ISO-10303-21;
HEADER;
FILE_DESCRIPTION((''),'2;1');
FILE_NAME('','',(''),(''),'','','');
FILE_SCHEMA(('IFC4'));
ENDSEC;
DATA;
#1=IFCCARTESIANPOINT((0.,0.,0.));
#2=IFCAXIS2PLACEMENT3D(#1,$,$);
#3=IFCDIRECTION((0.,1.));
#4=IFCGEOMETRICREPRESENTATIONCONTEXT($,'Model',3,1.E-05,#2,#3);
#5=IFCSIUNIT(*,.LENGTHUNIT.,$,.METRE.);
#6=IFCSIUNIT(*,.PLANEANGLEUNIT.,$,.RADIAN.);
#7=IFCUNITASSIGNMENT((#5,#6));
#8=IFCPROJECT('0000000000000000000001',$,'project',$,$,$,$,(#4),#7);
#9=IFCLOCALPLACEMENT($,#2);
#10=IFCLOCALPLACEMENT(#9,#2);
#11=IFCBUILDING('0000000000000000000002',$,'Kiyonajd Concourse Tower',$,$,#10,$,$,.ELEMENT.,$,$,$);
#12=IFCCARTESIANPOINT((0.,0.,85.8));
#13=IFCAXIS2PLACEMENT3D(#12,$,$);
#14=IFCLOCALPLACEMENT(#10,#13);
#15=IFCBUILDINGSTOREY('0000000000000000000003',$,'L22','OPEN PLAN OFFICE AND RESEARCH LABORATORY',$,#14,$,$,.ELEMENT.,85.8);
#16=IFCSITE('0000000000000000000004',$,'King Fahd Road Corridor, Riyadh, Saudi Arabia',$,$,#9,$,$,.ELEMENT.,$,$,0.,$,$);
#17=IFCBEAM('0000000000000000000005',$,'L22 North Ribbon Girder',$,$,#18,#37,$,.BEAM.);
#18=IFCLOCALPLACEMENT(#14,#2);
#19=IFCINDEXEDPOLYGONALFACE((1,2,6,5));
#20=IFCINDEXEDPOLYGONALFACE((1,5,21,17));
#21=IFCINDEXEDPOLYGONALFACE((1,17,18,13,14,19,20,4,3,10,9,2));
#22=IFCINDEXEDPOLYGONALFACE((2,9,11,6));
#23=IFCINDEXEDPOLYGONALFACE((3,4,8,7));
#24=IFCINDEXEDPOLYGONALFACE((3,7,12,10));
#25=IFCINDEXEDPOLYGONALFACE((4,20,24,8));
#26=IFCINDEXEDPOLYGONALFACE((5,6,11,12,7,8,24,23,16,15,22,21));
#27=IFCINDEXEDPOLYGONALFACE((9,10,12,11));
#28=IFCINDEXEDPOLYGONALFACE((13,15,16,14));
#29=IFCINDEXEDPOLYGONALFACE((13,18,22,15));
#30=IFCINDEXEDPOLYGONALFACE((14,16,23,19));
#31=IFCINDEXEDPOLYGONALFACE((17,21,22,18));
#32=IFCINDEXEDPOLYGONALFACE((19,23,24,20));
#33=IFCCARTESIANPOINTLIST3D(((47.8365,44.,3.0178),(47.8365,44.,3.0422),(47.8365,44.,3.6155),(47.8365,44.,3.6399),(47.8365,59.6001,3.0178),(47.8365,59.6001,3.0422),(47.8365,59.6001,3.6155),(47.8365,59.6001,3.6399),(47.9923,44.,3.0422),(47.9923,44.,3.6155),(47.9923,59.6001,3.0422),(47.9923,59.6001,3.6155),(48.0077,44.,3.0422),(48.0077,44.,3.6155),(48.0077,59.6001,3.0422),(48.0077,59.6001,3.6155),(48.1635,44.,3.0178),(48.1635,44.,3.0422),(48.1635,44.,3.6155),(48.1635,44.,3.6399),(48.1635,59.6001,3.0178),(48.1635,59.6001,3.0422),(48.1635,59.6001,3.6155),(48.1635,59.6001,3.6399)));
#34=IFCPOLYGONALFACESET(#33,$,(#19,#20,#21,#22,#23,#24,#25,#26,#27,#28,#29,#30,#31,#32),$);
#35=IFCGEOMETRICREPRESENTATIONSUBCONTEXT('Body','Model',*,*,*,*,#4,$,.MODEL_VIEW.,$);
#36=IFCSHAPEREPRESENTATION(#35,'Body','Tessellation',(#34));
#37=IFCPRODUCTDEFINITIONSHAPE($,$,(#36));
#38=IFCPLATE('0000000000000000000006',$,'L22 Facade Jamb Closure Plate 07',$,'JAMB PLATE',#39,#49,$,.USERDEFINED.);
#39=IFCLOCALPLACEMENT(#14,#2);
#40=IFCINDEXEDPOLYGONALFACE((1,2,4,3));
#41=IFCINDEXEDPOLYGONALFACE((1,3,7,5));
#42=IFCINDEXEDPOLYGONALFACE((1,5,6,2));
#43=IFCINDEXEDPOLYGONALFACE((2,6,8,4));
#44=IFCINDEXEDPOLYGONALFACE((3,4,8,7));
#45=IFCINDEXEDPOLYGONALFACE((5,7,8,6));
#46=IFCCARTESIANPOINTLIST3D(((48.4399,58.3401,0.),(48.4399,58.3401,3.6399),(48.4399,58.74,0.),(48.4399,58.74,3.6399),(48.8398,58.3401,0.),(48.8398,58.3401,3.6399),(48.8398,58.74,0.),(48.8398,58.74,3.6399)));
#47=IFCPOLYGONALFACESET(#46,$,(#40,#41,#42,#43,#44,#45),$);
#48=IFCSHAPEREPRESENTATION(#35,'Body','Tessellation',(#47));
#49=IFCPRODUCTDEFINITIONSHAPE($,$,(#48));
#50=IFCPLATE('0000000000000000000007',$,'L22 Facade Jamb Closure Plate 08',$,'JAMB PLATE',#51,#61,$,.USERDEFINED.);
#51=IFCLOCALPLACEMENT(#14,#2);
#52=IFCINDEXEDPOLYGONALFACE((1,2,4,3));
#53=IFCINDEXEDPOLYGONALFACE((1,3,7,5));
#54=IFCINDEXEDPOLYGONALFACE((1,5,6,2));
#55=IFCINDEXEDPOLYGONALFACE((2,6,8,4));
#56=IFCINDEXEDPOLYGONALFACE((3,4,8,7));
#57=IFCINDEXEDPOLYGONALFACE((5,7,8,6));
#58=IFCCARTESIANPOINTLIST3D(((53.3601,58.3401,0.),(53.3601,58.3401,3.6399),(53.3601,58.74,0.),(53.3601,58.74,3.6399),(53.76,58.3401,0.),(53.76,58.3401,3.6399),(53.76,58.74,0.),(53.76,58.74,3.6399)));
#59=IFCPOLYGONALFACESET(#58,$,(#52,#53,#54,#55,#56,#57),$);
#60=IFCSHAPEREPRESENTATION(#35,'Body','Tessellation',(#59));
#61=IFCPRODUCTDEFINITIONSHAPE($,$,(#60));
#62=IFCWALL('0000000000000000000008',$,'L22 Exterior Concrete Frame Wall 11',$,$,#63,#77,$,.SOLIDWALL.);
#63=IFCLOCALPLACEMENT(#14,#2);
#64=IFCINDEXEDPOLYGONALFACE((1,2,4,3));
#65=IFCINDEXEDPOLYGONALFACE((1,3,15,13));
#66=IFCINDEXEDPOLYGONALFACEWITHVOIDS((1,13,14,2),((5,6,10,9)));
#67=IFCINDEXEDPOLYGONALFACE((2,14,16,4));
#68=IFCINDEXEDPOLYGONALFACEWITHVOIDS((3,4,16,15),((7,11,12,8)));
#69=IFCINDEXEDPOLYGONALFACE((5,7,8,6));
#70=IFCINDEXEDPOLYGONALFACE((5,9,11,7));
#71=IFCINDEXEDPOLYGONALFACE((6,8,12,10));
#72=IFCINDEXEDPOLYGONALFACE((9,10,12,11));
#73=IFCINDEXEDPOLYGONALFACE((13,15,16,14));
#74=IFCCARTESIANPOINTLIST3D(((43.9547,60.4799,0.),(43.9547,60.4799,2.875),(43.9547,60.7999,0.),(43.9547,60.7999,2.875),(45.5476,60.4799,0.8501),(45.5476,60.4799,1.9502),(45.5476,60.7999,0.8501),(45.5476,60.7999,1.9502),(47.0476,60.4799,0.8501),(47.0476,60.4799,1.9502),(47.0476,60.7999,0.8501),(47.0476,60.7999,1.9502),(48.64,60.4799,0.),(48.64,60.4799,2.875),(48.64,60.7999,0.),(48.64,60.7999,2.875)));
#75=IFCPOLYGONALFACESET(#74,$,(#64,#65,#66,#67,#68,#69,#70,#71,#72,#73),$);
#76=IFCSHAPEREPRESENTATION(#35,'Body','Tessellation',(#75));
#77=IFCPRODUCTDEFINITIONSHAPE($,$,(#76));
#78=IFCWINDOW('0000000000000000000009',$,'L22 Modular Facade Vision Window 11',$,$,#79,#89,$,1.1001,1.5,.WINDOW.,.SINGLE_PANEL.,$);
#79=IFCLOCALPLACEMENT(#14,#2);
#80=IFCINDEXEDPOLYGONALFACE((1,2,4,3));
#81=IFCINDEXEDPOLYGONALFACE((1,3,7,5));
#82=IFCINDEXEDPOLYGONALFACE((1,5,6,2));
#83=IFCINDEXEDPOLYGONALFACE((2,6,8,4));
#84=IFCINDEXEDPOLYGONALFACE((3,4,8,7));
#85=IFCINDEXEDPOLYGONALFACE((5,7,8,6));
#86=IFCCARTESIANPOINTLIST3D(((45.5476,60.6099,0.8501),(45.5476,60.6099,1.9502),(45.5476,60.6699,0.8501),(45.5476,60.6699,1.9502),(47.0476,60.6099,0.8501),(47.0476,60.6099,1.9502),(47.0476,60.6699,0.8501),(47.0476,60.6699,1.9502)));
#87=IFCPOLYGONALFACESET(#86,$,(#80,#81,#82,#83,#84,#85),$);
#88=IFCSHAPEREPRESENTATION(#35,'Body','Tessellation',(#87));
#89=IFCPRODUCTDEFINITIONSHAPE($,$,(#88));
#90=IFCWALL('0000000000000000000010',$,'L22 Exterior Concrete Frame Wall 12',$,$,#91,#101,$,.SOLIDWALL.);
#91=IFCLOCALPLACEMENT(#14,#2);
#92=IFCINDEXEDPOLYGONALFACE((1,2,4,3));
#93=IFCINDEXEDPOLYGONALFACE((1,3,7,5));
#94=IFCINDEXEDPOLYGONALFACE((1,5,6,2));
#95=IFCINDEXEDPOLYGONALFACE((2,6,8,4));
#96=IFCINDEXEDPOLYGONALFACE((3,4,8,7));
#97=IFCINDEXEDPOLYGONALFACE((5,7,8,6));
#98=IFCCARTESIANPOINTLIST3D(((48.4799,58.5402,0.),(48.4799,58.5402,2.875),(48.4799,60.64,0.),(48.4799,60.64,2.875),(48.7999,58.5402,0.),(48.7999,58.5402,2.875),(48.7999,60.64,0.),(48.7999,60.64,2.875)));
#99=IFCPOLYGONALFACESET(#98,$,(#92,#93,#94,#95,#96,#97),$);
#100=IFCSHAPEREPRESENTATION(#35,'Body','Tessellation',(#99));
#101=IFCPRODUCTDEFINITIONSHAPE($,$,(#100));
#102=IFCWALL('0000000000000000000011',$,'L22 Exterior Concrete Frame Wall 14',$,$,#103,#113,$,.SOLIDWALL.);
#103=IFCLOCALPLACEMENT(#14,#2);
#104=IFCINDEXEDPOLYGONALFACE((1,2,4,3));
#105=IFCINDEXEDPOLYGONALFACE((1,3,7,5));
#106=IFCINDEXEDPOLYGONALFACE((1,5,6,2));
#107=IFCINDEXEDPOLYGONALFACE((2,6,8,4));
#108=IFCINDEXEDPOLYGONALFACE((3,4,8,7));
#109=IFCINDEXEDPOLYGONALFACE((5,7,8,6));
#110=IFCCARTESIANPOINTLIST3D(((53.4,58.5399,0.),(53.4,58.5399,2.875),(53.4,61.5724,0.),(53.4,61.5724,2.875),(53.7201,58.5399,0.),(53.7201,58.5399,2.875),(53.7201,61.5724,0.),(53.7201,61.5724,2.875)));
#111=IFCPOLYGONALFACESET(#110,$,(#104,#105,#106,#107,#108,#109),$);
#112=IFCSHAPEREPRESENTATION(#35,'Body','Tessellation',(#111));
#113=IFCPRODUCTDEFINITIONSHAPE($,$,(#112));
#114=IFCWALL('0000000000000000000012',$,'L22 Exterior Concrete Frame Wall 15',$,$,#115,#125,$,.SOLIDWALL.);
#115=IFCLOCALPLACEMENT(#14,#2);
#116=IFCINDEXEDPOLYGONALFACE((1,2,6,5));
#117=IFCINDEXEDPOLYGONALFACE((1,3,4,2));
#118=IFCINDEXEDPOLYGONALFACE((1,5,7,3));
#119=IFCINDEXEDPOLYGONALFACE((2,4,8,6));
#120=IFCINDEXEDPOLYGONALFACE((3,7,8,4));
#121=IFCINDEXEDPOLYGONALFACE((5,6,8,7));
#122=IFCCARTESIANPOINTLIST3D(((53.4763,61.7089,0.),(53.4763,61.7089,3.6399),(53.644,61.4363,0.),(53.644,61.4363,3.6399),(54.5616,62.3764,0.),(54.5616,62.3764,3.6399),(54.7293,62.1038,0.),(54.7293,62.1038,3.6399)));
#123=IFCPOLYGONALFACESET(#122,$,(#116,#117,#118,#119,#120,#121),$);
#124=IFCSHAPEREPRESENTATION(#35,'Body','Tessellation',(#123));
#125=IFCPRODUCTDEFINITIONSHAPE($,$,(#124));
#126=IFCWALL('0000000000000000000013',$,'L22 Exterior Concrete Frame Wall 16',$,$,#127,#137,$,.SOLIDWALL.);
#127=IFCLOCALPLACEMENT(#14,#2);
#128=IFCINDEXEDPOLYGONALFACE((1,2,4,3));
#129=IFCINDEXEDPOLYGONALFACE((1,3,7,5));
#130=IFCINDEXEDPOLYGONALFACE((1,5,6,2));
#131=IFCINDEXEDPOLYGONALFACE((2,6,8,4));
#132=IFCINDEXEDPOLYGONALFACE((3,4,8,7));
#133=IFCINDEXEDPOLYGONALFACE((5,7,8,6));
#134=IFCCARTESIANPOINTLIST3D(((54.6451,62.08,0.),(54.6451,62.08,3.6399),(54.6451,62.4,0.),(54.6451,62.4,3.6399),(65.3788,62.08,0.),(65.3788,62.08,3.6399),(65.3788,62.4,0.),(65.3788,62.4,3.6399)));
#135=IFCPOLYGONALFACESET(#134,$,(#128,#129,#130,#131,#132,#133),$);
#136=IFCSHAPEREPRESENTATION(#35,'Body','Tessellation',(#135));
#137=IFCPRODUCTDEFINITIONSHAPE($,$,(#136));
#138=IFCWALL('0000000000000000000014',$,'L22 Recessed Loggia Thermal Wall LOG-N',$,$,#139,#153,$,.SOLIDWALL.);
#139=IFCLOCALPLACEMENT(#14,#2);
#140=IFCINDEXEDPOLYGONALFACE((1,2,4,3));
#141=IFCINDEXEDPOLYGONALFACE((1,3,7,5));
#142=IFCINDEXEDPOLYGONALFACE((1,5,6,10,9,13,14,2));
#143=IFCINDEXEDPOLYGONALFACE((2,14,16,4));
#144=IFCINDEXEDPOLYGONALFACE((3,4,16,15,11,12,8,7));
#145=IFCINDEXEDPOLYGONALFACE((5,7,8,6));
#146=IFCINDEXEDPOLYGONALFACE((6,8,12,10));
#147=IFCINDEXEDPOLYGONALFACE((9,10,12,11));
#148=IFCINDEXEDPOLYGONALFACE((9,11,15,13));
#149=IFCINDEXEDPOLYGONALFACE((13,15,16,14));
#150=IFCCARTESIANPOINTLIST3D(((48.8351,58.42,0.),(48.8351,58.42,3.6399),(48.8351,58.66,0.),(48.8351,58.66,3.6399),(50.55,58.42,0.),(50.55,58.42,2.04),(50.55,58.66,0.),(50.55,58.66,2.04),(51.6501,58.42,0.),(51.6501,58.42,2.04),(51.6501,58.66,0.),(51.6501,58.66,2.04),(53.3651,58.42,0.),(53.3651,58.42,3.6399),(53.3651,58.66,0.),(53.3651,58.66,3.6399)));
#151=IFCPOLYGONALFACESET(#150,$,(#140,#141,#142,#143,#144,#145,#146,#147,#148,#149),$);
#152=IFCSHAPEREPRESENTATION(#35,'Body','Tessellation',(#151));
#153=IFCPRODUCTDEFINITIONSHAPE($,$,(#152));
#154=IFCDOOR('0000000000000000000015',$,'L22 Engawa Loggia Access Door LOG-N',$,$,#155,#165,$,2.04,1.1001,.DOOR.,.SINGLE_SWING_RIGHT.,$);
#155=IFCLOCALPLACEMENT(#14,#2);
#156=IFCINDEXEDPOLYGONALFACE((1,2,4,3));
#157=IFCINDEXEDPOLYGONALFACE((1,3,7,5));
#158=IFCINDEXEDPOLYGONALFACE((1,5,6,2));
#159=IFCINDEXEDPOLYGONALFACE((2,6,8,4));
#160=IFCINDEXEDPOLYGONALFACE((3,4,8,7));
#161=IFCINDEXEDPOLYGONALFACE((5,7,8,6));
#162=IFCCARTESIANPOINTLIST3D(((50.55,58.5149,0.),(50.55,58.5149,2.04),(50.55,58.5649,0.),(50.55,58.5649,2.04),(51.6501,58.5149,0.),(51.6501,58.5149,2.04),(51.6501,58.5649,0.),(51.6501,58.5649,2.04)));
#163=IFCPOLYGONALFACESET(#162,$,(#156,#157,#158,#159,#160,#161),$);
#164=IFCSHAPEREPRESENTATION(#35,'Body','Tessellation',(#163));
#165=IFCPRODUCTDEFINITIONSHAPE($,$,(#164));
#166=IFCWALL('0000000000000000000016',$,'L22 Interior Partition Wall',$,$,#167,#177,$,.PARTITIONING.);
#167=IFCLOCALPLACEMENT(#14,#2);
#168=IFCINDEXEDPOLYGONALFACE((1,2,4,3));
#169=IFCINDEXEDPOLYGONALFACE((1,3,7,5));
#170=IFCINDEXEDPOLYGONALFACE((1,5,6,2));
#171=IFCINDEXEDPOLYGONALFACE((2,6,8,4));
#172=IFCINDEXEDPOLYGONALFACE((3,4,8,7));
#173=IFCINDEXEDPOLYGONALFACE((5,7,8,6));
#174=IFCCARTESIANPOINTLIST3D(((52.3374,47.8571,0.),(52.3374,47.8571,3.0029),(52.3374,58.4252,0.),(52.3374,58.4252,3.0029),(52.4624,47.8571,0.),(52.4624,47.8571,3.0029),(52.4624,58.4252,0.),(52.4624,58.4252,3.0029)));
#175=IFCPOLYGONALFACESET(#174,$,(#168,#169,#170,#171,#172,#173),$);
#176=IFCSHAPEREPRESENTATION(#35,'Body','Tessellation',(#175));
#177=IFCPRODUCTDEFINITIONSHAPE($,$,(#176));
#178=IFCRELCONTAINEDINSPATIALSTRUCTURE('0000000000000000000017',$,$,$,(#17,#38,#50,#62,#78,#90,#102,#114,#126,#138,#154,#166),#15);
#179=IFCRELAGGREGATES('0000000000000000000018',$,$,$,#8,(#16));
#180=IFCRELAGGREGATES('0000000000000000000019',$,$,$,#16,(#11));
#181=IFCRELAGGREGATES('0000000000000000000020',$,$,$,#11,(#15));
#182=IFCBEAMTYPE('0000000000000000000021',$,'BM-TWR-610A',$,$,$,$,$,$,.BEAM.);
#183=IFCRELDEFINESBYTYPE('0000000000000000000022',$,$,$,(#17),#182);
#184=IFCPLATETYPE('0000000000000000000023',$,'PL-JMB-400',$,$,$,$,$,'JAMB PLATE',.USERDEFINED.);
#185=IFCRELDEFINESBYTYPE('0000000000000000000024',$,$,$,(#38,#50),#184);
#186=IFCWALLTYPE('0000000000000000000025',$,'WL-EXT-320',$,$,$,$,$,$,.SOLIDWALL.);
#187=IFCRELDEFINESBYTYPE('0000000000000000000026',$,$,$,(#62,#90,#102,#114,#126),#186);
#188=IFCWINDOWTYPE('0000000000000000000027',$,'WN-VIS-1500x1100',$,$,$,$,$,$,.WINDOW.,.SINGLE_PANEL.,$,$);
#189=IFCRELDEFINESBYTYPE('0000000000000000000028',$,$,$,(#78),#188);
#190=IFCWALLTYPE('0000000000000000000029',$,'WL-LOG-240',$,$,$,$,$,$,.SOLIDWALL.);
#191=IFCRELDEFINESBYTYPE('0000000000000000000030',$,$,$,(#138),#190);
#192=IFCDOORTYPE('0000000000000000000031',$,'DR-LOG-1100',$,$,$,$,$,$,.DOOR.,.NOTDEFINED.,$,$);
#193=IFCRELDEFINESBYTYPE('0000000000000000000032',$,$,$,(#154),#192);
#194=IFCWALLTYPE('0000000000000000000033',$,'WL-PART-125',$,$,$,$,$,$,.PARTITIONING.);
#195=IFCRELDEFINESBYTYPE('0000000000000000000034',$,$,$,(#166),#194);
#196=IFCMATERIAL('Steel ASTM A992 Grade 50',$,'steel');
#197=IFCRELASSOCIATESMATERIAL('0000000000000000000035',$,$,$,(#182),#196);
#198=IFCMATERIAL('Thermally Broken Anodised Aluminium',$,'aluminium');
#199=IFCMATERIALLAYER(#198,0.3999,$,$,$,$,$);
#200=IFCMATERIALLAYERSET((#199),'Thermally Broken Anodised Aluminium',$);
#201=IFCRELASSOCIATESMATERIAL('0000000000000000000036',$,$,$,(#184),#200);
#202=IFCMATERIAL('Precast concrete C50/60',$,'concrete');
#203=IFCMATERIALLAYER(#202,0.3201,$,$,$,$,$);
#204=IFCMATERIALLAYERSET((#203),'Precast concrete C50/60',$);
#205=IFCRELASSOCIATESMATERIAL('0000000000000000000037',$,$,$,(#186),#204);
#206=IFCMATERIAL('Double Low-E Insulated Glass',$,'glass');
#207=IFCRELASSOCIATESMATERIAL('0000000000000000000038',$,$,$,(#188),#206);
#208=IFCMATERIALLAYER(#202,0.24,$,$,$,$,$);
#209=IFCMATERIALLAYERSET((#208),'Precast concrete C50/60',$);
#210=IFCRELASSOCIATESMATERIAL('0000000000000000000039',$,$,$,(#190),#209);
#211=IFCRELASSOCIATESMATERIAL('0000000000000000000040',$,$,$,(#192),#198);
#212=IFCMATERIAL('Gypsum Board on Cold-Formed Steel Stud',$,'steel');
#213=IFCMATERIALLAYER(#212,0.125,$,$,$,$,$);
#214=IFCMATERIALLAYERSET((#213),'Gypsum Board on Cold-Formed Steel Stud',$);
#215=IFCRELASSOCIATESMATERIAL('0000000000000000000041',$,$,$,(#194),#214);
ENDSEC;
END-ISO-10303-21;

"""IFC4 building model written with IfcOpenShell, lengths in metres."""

from ifc_helpers import new_model, si_unit, direction, frame, frame_2d, origin, origin_2d, place, context, subcontext, project, spatial, rectangle, i_section, extrude, material, layer, layer_set, material_profile, profile_set, type_object, element, fill, save


model = new_model("IFC4")

# Units and contexts
model_context = context("Model", 3, precision=1e-05, world=origin(), true_north=direction((0.0, 1.0)))
body_context = subcontext(model_context, "Body", "Model", "MODEL_VIEW")
ifc_project = project(units=[si_unit("LENGTHUNIT", "METRE"), si_unit("PLANEANGLEUNIT", "RADIAN")], contexts=[model_context])

# Site, building, storey
site_placement = place(None, origin())
site = spatial("IfcSite", under=ifc_project, at=site_placement, Name="King Fahd Road Corridor, Riyadh, Saudi Arabia", CompositionType="ELEMENT", RefElevation=0.0)
building_placement = place(site_placement, origin())
building = spatial("IfcBuilding", under=site, at=building_placement, Name="Kiyonajd Concourse Tower", CompositionType="ELEMENT")
storey_placement = place(building_placement, frame((0.0, 0.0, 85.8)))
storey = spatial("IfcBuildingStorey", under=building, at=storey_placement, Name="L22", Description="OPEN PLAN OFFICE AND RESEARCH LABORATORY", CompositionType="ELEMENT", Elevation=85.8)

# Beam
ifc_material_1 = material(Name="Steel ASTM A992 Grade 50", Category="steel")
ifc_material_2 = material(Name="Precast concrete C50/60", Category="concrete")
ifc_material_profile_1 = material_profile(ifc_material_1, i_section(OverallWidth=0.3269, OverallDepth=0.6221, WebThickness=0.0154, FlangeThickness=0.0244, at=origin_2d()), Name="W610X195")
ifc_profile_set_1 = profile_set([ifc_material_profile_1], Name="Steel ASTM A992 Grade 50")
beam_type_1 = type_object("IfcBeamType", Name="BM-TWR-610A", PredefinedType="BEAM", material=ifc_profile_set_1)
beam_1_placement = place(storey_placement, frame((48.0, 44.0, 3.3289), z_axis=(0.0, 1.0, 0.0), x_axis=(-1.0, 0.0, 0.0)))
element("IfcBeam", 1, at=beam_1_placement, inside=storey, type_object=beam_type_1, Name="L22 North Ribbon Girder", PredefinedType="BEAM", context=body_context, shape_type="SweptSolid", body=[
    extrude(i_section(OverallWidth=0.3269, OverallDepth=0.6221, WebThickness=0.0154, FlangeThickness=0.0244, at=origin_2d()), origin(), (0.0, 0.0, 1.0), 15.6001),
])

# Plates
ifc_material_3 = material(Name="Thermally Broken Anodised Aluminium", Category="aluminium")
ifc_layer_1 = layer(ifc_material_3, 0.3999)
ifc_layer_set_1 = layer_set([ifc_layer_1], Name="Thermally Broken Anodised Aluminium")
plate_type = type_object("IfcPlateType", Name="PL-JMB-400", ElementType="JAMB PLATE", PredefinedType="USERDEFINED", material=ifc_layer_set_1)
for number, where, z_axis, x_axis, name in (
    (2, (48.6399, 58.54, 0.0), (0.0, 0.0, 1.0), (1.0, 0.0, 0.0), "L22 Facade Jamb Closure Plate 07"),
    (3, (53.5601, 58.54, 0.0), (0.0, 0.0, 1.0), (1.0, 0.0, 0.0), "L22 Facade Jamb Closure Plate 08"),
):
    element("IfcPlate", number, at=place(storey_placement, frame(where, z_axis=z_axis, x_axis=x_axis)), inside=storey, type_object=plate_type, Name=name, ObjectType="JAMB PLATE", PredefinedType="USERDEFINED", context=body_context, shape_type="SweptSolid", body=[
        extrude(rectangle(XDim=0.3999, YDim=0.3999, at=origin_2d()), origin(), (0.0, 0.0, 1.0), 3.6399),
    ])

# Wall, opening, window
ifc_layer_2 = layer(ifc_material_2, 0.3201)
ifc_layer_set_2 = layer_set([ifc_layer_2], Name="Precast concrete C50/60")
wall_type_1 = type_object("IfcWallType", Name="WL-EXT-320", PredefinedType="SOLIDWALL", material=ifc_layer_set_2)
wall_1_placement = place(storey_placement, frame((43.9546, 60.6399, 0.0), z_axis=(0.0, 0.0, 1.0), x_axis=(1.0, 0.0, 0.0)))
wall_1 = element("IfcWall", 4, at=wall_1_placement, inside=storey, type_object=wall_type_1, Name="L22 Exterior Concrete Frame Wall 11", PredefinedType="SOLIDWALL", context=body_context, shape_type="SweptSolid", body=[
    extrude(rectangle(XDim=4.6853, YDim=0.3201, at=frame_2d((2.3428, 0.0))), origin(), (0.0, 0.0, 1.0), 2.875),
])
opening_1_placement = place(wall_1_placement, frame((1.593, 0.0, 0.8501)))
opening_1 = element("IfcOpeningElement", 5, at=opening_1_placement, cuts=wall_1, PredefinedType="OPENING", context=body_context, shape_type="SweptSolid", body=[
    extrude(rectangle(XDim=1.5, YDim=1.1001, at=frame_2d((0.75, 0.55))), frame((0.0, 0.1699, 0.0), z_axis=(0.0, -1.0, 0.0), x_axis=(1.0, 0.0, 0.0)), (0.0, 0.0, 1.0), 0.3401),
])
ifc_material_4 = material(Name="Double Low-E Insulated Glass", Category="glass")
window_type = type_object("IfcWindowType", Name="WN-VIS-1500x1100", PartitioningType="SINGLE_PANEL", PredefinedType="WINDOW", material=ifc_material_4)
window_placement = place(opening_1_placement, origin())
window = element("IfcWindow", 6, at=window_placement, inside=storey, type_object=window_type, Name="L22 Modular Facade Vision Window 11", OverallHeight=1.1001, OverallWidth=1.5, PartitioningType="SINGLE_PANEL", PredefinedType="WINDOW", context=body_context, shape_type="SweptSolid", body=[
    extrude(rectangle(XDim=1.5, YDim=1.1001, at=frame_2d((0.75, 0.55))), frame((0.0, 0.03, 0.0), z_axis=(0.0, -1.0, 0.0), x_axis=(1.0, 0.0, 0.0)), (0.0, 0.0, 1.0), 0.0601),
])
fill(opening_1, window)

# Walls
wall_2_placement = place(storey_placement, frame((48.6399, 60.6399, 0.0), z_axis=(0.0, 0.0, 1.0), x_axis=(0.0, -1.0, 0.0)))
element("IfcWall", 7, at=wall_2_placement, inside=storey, type_object=wall_type_1, Name="L22 Exterior Concrete Frame Wall 12", PredefinedType="SOLIDWALL", context=body_context, shape_type="SweptSolid", body=[
    extrude(rectangle(XDim=2.0999, YDim=0.3201, at=frame_2d((1.0498, 0.0))), origin(), (0.0, 0.0, 1.0), 2.875),
])
wall_3_placement = place(storey_placement, frame((53.5601, 58.54, 0.0), z_axis=(0.0, 0.0, 1.0), x_axis=(0.0, 1.0, 0.0)))
element("IfcWall", 8, at=wall_3_placement, inside=storey, type_object=wall_type_1, Name="L22 Exterior Concrete Frame Wall 14", PredefinedType="SOLIDWALL", context=body_context, shape_type="SweptSolid", body=[
    extrude(rectangle(XDim=3.0325, YDim=0.3201, at=frame_2d((1.5161, 0.0))), origin(), (0.0, 0.0, 1.0), 2.875),
])
wall_4_placement = place(storey_placement, frame((53.5601, 61.5725, 0.0), z_axis=(0.0, 0.0, 1.0), x_axis=(0.851777, 0.523905, 0.0)))
element("IfcWall", 9, at=wall_4_placement, inside=storey, type_object=wall_type_1, Name="L22 Exterior Concrete Frame Wall 15", PredefinedType="SOLIDWALL", context=body_context, shape_type="SweptSolid", body=[
    extrude(rectangle(XDim=1.2742, YDim=0.3201, at=frame_2d((0.6372, 0.0))), origin(), (0.0, 0.0, 1.0), 3.6399),
])
wall_5_placement = place(storey_placement, frame((54.6453, 62.24, 0.0), z_axis=(0.0, 0.0, 1.0), x_axis=(1.0, 0.0, 0.0)))
element("IfcWall", 10, at=wall_5_placement, inside=storey, type_object=wall_type_1, Name="L22 Exterior Concrete Frame Wall 16", PredefinedType="SOLIDWALL", context=body_context, shape_type="SweptSolid", body=[
    extrude(rectangle(XDim=10.7336, YDim=0.3201, at=frame_2d((5.3667, 0.0))), origin(), (0.0, 0.0, 1.0), 3.6399),
])

# Wall, opening, door
ifc_layer_3 = layer(ifc_material_2, 0.24)
ifc_layer_set_3 = layer_set([ifc_layer_3], Name="Precast concrete C50/60")
wall_type_2 = type_object("IfcWallType", Name="WL-LOG-240", PredefinedType="SOLIDWALL", material=ifc_layer_set_3)
wall_6_placement = place(storey_placement, frame((48.835, 58.54, 0.0), z_axis=(0.0, 0.0, 1.0), x_axis=(1.0, 0.0, 0.0)))
wall_6 = element("IfcWall", 11, at=wall_6_placement, inside=storey, type_object=wall_type_2, Name="L22 Recessed Loggia Thermal Wall LOG-N", PredefinedType="SOLIDWALL", context=body_context, shape_type="SweptSolid", body=[
    extrude(rectangle(XDim=4.53, YDim=0.24, at=frame_2d((2.2651, 0.0))), origin(), (0.0, 0.0, 1.0), 3.6399),
])
opening_2_placement = place(wall_6_placement, frame((1.7151, 0.0, 0.0)))
opening_2 = element("IfcOpeningElement", 12, at=opening_2_placement, cuts=wall_6, PredefinedType="OPENING", context=body_context, shape_type="SweptSolid", body=[
    extrude(rectangle(XDim=1.1001, YDim=2.04, at=frame_2d((0.55, 1.02))), frame((0.0, 0.1299, 0.0), z_axis=(0.0, -1.0, 0.0), x_axis=(1.0, 0.0, 0.0)), (0.0, 0.0, 1.0), 0.26),
])
door_type = type_object("IfcDoorType", Name="DR-LOG-1100", OperationType="NOTDEFINED", PredefinedType="DOOR", material=ifc_material_3)
door_placement = place(opening_2_placement, origin())
door = element("IfcDoor", 13, at=door_placement, inside=storey, type_object=door_type, Name="L22 Engawa Loggia Access Door LOG-N", OperationType="SINGLE_SWING_RIGHT", OverallHeight=2.04, OverallWidth=1.1001, PredefinedType="DOOR", context=body_context, shape_type="SweptSolid", body=[
    extrude(rectangle(XDim=1.1001, YDim=2.04, at=frame_2d((0.55, 1.02))), frame((0.0, 0.0249, 0.0), z_axis=(0.0, -1.0, 0.0), x_axis=(1.0, 0.0, 0.0)), (0.0, 0.0, 1.0), 0.05),
])
fill(opening_2, door)

# Wall
ifc_material_5 = material(Name="Gypsum Board on Cold-Formed Steel Stud", Category="steel")
ifc_layer_4 = layer(ifc_material_5, 0.125)
ifc_layer_set_4 = layer_set([ifc_layer_4], Name="Gypsum Board on Cold-Formed Steel Stud")
wall_type_3 = type_object("IfcWallType", Name="WL-PART-125", PredefinedType="PARTITIONING", material=ifc_layer_set_4)
wall_7_placement = place(storey_placement, frame((52.3999, 47.8569, 0.0), z_axis=(0.0, 0.0, 1.0), x_axis=(0.0, 1.0, 0.0)))
element("IfcWall", 14, at=wall_7_placement, inside=storey, type_object=wall_type_3, Name="L22 Interior Partition Wall", PredefinedType="PARTITIONING", context=body_context, shape_type="SweptSolid", body=[
    extrude(rectangle(XDim=10.5681, YDim=0.125, at=frame_2d((5.2842, 0.0))), origin(), (0.0, 0.0, 1.0), 3.0029),
])

save(model, "model.ifc")
